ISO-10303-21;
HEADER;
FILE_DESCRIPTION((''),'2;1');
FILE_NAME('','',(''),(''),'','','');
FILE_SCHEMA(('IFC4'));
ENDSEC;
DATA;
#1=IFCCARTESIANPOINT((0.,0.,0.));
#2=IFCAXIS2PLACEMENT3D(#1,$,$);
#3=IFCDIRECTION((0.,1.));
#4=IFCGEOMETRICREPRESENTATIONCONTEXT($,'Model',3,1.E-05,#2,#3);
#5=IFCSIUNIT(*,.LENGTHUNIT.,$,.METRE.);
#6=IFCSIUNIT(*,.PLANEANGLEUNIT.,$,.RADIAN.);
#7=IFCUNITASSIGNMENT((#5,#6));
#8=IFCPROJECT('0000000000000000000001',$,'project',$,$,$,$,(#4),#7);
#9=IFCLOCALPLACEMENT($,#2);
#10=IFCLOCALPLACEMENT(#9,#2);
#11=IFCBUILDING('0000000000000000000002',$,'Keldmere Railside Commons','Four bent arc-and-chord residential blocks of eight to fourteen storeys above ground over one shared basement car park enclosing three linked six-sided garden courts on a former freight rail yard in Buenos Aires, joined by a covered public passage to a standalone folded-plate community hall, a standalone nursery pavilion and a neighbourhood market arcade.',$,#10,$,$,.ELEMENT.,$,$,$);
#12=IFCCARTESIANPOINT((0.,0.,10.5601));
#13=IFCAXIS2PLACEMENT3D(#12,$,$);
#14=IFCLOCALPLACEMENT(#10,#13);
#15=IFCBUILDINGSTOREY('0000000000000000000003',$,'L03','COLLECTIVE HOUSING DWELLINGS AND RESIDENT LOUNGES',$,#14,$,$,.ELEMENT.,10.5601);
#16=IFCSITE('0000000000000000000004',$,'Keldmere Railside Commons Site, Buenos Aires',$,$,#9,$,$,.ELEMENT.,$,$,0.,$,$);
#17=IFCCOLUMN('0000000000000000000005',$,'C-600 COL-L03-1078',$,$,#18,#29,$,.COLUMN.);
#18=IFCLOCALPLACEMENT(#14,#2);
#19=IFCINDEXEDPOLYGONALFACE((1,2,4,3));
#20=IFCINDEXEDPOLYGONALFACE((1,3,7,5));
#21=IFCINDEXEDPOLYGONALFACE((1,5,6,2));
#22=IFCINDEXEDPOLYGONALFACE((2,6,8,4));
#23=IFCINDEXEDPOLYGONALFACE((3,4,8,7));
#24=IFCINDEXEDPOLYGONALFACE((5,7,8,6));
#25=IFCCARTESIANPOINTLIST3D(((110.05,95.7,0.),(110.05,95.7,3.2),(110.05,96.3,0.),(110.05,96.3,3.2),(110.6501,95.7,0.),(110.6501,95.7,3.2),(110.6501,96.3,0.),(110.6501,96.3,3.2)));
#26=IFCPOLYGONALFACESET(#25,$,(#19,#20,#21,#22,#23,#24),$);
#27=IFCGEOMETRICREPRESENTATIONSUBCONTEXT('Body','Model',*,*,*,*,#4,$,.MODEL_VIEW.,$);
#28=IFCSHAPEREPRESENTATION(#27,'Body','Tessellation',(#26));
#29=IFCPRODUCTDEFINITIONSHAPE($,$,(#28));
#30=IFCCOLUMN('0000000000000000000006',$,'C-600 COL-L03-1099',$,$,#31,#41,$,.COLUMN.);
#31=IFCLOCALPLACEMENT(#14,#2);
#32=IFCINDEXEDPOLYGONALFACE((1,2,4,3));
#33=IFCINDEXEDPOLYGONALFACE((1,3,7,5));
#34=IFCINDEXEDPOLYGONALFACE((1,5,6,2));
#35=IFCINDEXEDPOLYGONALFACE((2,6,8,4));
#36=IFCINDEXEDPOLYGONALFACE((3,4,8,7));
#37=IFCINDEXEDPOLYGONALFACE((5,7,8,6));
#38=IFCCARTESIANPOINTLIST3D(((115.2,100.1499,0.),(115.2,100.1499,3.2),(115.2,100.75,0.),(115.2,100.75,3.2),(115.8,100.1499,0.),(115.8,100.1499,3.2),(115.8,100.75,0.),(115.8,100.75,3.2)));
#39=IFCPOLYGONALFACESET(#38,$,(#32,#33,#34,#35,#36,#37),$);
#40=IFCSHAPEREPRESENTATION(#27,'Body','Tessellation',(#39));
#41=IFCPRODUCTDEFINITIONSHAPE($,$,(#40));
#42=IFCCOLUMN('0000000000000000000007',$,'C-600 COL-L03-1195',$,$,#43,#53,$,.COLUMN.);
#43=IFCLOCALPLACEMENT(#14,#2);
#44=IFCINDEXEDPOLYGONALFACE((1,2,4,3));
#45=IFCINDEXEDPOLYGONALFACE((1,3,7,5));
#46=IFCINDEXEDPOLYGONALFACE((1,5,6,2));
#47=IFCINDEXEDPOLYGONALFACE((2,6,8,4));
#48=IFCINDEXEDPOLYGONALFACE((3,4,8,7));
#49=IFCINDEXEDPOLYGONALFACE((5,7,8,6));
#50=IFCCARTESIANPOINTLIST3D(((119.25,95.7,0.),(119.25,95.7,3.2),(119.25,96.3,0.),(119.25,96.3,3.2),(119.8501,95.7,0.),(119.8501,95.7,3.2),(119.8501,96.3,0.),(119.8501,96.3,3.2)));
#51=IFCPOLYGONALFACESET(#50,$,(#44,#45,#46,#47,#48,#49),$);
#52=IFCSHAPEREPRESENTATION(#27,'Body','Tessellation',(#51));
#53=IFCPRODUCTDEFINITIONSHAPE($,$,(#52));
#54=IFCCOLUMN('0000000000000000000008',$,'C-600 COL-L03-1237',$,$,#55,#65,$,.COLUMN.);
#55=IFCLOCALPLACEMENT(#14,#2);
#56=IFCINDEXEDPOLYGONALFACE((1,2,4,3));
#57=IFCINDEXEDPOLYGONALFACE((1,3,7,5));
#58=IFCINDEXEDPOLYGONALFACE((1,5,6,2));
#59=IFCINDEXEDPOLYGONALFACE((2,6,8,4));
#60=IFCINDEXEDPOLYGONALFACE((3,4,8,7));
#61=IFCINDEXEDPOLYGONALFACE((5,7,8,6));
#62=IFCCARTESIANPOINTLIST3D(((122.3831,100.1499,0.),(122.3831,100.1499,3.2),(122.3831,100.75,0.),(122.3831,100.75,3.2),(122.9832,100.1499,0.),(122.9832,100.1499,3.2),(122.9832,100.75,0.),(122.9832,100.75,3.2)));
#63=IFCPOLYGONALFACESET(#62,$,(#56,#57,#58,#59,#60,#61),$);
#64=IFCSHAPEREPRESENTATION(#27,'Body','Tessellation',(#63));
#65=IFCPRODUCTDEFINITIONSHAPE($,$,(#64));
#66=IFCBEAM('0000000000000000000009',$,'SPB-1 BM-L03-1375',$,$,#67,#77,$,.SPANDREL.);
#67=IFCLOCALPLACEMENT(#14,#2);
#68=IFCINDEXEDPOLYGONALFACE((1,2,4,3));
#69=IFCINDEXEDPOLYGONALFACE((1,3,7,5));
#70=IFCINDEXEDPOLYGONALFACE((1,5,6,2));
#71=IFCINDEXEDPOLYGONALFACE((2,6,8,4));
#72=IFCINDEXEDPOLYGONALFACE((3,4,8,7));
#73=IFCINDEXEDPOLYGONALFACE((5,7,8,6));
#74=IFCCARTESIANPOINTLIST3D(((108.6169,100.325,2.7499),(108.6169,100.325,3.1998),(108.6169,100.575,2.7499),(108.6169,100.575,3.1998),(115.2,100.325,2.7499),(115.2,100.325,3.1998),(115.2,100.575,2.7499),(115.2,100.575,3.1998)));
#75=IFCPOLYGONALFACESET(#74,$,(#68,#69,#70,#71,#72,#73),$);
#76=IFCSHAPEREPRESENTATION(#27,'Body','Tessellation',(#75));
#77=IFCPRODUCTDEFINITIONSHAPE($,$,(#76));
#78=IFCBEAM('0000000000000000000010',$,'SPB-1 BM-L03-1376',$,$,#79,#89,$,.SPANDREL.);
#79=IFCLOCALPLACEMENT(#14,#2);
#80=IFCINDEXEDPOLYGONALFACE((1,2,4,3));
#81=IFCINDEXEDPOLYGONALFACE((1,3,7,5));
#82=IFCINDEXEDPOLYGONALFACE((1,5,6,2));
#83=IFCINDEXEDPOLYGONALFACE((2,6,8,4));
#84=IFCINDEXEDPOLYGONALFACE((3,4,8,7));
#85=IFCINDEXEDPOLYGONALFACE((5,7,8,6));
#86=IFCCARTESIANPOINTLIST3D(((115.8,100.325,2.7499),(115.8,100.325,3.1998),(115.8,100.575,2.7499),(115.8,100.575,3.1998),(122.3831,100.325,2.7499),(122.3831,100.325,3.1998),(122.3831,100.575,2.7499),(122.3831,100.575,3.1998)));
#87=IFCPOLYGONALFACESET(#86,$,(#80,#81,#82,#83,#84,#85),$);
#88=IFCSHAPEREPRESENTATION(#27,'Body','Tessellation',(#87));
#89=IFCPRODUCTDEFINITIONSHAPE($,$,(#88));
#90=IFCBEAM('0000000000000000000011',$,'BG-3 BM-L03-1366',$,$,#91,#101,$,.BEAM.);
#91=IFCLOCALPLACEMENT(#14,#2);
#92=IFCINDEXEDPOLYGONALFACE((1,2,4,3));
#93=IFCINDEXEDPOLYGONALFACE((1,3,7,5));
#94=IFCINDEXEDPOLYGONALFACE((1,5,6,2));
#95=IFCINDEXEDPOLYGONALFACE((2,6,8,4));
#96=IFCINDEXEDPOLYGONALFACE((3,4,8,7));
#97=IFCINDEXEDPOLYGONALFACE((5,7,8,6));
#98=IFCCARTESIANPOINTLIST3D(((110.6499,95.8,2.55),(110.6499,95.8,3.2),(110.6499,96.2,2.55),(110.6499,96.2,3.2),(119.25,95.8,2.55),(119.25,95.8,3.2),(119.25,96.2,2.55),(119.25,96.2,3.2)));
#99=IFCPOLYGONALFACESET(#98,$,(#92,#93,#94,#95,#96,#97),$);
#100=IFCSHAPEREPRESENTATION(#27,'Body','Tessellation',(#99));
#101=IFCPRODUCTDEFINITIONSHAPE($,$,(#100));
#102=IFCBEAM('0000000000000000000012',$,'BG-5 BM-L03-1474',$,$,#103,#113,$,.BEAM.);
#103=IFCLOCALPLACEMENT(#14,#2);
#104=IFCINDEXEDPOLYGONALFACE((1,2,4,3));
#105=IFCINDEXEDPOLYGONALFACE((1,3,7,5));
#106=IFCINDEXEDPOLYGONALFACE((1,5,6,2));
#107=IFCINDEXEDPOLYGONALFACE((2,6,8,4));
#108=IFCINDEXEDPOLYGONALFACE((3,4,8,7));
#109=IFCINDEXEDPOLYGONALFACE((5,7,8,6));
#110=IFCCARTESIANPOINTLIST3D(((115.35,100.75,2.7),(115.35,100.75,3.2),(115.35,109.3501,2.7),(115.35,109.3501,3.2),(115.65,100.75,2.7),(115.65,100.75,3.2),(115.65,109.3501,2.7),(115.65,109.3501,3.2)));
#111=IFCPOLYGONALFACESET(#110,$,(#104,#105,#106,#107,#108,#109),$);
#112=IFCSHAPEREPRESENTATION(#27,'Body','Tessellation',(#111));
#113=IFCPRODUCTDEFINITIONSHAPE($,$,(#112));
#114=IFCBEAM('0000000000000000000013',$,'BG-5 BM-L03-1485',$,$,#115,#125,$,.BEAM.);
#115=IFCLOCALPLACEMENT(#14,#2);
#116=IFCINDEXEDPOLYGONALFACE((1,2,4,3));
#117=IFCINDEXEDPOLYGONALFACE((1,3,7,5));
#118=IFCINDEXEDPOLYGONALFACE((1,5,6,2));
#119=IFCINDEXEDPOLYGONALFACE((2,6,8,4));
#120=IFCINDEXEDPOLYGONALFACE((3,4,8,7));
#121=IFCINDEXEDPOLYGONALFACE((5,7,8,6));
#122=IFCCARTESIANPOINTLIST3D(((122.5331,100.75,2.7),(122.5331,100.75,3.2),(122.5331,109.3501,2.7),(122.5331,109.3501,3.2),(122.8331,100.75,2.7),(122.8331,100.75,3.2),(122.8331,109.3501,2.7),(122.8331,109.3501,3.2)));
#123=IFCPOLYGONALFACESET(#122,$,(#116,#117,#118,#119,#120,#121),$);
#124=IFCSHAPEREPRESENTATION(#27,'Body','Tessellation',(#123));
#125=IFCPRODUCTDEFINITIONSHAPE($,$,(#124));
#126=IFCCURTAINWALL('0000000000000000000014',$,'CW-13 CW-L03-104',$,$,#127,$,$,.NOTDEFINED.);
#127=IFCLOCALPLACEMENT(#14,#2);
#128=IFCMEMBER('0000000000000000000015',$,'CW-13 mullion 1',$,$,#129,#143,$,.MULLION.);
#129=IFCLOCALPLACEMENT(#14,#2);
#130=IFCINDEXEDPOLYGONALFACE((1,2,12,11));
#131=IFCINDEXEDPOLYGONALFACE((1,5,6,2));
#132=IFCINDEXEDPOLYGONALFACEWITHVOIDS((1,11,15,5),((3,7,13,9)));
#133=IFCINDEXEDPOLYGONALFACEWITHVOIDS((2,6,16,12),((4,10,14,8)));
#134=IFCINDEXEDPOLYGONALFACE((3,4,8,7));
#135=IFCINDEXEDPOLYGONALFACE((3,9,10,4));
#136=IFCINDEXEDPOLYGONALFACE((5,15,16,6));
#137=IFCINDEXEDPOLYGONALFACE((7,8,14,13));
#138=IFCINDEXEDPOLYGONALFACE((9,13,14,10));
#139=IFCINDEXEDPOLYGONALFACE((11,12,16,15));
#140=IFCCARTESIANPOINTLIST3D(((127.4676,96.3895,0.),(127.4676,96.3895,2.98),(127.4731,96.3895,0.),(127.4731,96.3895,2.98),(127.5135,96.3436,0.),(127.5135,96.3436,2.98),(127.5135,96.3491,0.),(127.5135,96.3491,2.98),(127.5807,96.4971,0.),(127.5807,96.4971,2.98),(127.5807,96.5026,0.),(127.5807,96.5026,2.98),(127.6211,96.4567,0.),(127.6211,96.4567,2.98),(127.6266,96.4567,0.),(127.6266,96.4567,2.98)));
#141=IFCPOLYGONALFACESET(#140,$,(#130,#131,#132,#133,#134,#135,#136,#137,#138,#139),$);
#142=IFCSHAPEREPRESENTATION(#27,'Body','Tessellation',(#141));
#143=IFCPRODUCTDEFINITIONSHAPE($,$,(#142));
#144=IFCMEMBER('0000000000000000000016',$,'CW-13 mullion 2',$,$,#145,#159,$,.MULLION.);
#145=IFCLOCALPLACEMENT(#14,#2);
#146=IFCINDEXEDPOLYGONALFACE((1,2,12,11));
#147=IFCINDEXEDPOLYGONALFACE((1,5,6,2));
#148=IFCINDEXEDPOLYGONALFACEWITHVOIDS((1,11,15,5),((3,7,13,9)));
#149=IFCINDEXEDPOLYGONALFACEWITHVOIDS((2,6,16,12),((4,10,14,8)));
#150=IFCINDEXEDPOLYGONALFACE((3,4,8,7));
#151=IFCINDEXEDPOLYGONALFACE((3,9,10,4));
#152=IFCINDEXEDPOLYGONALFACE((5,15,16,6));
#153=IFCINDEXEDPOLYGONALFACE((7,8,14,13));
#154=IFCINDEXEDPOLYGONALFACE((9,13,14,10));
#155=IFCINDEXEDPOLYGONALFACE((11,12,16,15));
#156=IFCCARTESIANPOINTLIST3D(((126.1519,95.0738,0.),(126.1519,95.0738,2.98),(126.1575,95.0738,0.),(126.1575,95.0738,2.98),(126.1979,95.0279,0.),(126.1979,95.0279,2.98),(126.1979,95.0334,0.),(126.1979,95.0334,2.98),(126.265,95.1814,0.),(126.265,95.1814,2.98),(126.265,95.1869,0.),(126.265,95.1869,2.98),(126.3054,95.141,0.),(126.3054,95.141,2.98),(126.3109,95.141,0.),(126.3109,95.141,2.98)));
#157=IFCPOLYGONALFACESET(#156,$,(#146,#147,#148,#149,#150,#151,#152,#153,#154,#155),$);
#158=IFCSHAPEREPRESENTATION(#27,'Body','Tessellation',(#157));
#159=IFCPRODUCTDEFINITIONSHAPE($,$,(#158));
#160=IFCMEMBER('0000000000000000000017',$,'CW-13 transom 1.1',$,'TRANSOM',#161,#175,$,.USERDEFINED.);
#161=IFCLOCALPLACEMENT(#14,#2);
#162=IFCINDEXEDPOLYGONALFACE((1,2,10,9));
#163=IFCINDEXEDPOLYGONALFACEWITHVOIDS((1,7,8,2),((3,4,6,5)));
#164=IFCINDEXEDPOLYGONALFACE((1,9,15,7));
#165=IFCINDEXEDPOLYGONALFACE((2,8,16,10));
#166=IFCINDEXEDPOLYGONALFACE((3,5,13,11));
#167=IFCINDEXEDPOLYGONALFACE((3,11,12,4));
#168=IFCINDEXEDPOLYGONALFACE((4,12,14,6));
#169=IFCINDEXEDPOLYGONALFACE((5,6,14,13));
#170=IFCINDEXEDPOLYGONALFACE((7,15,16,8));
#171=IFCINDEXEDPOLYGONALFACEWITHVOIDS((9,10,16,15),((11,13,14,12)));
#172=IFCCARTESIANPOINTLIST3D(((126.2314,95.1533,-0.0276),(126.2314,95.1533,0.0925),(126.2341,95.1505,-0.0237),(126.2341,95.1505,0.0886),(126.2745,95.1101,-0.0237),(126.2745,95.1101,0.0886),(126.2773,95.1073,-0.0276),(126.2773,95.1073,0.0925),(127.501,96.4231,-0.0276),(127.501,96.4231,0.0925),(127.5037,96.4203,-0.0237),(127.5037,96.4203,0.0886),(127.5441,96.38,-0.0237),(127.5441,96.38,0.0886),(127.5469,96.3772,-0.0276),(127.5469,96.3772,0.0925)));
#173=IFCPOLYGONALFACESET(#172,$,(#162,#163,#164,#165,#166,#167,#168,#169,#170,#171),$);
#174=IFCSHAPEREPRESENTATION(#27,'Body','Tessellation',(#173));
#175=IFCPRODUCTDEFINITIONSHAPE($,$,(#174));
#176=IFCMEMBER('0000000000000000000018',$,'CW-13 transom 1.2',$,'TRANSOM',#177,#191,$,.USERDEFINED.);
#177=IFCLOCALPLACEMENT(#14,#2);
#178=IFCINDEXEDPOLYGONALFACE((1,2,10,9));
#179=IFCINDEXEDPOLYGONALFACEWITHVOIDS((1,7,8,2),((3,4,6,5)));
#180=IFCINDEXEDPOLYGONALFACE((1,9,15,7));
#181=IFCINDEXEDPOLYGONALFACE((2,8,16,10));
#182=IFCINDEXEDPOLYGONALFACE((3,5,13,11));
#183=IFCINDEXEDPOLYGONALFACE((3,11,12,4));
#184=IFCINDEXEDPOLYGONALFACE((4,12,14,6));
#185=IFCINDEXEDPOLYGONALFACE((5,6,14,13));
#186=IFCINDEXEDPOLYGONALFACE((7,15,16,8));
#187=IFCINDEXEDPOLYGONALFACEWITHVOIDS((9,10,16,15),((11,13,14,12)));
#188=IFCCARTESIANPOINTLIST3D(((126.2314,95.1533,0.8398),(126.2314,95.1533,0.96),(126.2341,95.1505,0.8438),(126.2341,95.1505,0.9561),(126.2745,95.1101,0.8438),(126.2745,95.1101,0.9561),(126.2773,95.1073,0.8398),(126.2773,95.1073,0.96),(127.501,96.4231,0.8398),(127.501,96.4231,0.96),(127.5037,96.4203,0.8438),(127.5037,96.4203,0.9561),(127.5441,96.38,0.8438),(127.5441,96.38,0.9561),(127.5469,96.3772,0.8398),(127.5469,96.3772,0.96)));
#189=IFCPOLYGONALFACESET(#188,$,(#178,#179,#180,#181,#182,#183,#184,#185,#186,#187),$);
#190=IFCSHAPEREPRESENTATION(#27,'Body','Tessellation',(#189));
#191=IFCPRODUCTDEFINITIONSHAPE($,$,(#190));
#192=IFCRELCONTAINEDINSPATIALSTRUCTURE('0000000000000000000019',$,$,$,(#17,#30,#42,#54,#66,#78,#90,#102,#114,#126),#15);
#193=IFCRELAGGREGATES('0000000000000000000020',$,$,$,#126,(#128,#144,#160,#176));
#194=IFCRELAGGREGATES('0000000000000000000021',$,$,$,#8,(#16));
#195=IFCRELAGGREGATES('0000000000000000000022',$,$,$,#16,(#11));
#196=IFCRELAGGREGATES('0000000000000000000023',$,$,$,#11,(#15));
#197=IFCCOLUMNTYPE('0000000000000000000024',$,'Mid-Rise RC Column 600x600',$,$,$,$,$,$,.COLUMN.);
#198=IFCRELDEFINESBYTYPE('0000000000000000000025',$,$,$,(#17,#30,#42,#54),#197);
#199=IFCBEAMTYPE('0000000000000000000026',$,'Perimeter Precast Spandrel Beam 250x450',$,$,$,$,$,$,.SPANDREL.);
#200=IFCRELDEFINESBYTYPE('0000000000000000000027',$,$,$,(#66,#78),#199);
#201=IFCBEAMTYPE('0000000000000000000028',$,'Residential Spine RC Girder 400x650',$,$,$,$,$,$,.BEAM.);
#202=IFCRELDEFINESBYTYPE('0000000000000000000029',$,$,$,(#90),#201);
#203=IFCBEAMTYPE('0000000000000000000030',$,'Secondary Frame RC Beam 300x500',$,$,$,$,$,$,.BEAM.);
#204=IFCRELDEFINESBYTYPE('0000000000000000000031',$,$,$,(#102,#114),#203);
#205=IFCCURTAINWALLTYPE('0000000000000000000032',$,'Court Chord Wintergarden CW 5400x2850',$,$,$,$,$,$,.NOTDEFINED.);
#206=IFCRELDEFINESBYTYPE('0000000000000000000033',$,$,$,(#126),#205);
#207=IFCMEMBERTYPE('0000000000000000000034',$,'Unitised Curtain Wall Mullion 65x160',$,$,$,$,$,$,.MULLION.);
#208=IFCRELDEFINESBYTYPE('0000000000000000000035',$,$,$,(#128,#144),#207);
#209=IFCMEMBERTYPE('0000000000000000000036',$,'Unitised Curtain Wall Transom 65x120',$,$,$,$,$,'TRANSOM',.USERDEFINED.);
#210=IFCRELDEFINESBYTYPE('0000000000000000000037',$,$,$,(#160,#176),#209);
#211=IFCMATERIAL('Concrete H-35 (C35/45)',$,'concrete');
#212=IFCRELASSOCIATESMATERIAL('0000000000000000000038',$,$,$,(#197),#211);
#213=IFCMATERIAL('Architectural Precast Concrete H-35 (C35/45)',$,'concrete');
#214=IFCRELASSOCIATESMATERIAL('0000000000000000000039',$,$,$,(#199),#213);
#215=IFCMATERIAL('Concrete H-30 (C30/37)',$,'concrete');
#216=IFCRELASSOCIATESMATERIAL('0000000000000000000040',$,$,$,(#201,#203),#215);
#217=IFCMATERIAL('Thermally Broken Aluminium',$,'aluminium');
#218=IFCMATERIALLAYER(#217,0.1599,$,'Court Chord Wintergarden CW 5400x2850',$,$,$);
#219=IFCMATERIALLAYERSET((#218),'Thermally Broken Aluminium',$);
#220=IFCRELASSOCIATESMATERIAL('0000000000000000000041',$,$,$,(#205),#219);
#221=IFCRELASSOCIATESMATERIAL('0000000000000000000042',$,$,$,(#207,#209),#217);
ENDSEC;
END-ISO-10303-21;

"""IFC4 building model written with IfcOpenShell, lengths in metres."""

from ifc_helpers import new_model, si_unit, direction, frame, origin, origin_2d, place, context, subcontext, project, spatial, rectangle, hollow_rectangle, extrude, material, layer, layer_set, material_profile, profile_set, type_object, element, aggregate, save


model = new_model("IFC4")

# Units and contexts
model_context = context("Model", 3, precision=1e-05, world=origin(), true_north=direction((0.0, 1.0)))
body_context = subcontext(model_context, "Body", "Model", "MODEL_VIEW")
ifc_project = project(units=[si_unit("LENGTHUNIT", "METRE"), si_unit("PLANEANGLEUNIT", "RADIAN")], contexts=[model_context])

# Site, building, storey
site_placement = place(None, origin())
site = spatial("IfcSite", under=ifc_project, at=site_placement, Name="Keldmere Railside Commons Site, Buenos Aires", CompositionType="ELEMENT", RefElevation=0.0)
building_placement = place(site_placement, origin())
building = spatial("IfcBuilding", under=site, at=building_placement, Name="Keldmere Railside Commons", Description="Four bent arc-and-chord residential blocks of eight to fourteen storeys above ground over one shared basement car park enclosing three linked six-sided garden courts on a former freight rail yard in Buenos Aires, joined by a covered public passage to a standalone folded-plate community hall, a standalone nursery pavilion and a neighbourhood market arcade.", CompositionType="ELEMENT")
storey_placement = place(building_placement, frame((0.0, 0.0, 10.5601)))
storey = spatial("IfcBuildingStorey", under=building, at=storey_placement, Name="L03", Description="COLLECTIVE HOUSING DWELLINGS AND RESIDENT LOUNGES", CompositionType="ELEMENT", Elevation=10.5601)

# Columns
ifc_material_1 = material(Name="Concrete H-35 (C35/45)", Category="concrete")
ifc_material_profile_1 = material_profile(ifc_material_1, rectangle(XDim=0.6001, YDim=0.6001, at=origin_2d()), Name="RC-600x600")
ifc_profile_set_1 = profile_set([ifc_material_profile_1], Name="Concrete H-35 (C35/45)")
column_type = type_object("IfcColumnType", Name="Mid-Rise RC Column 600x600", PredefinedType="COLUMN", material=ifc_profile_set_1)
for number, where, z_axis, x_axis, name in (
    (1, (110.3501, 96.0, 0.0), (0.0, 0.0, 1.0), (1.0, 0.0, 0.0), "C-600 COL-L03-1078"),
    (2, (115.5, 100.45, 0.0), (0.0, 0.0, 1.0), (1.0, 0.0, 0.0), "C-600 COL-L03-1099"),
    (3, (119.55, 96.0, 0.0), (0.0, 0.0, 1.0), (1.0, 0.0, 0.0), "C-600 COL-L03-1195"),
    (4, (122.6831, 100.45, 0.0), (0.0, 0.0, 1.0), (1.0, 0.0, 0.0), "C-600 COL-L03-1237"),
):
    element("IfcColumn", number, at=place(storey_placement, frame(where, z_axis=z_axis, x_axis=x_axis)), inside=storey, type_object=column_type, Name=name, PredefinedType="COLUMN", context=body_context, shape_type="SweptSolid", body=[
        extrude(rectangle(XDim=0.6001, YDim=0.6001, at=origin_2d()), origin(), (0.0, 0.0, 1.0), 3.2),
    ])

# Beams
ifc_material_2 = material(Name="Architectural Precast Concrete H-35 (C35/45)", Category="concrete")
ifc_material_profile_2 = material_profile(ifc_material_2, rectangle(XDim=0.25, YDim=0.45, at=origin_2d()), Name="RC-250x450")
ifc_profile_set_2 = profile_set([ifc_material_profile_2], Name="Architectural Precast Concrete H-35 (C35/45)")
beam_type_1 = type_object("IfcBeamType", Name="Perimeter Precast Spandrel Beam 250x450", PredefinedType="SPANDREL", material=ifc_profile_set_2)
for number, where, z_axis, x_axis, name in (
    (5, (108.6169, 100.45, 2.9749), (1.0, 0.0, 0.0), (0.0, 1.0, 0.0), "SPB-1 BM-L03-1375"),
    (6, (115.8, 100.45, 2.9749), (1.0, 0.0, 0.0), (0.0, 1.0, 0.0), "SPB-1 BM-L03-1376"),
):
    element("IfcBeam", number, at=place(storey_placement, frame(where, z_axis=z_axis, x_axis=x_axis)), inside=storey, type_object=beam_type_1, Name=name, PredefinedType="SPANDREL", context=body_context, shape_type="SweptSolid", body=[
        extrude(rectangle(XDim=0.25, YDim=0.45, at=origin_2d()), origin(), (0.0, 0.0, 1.0), 6.583),
    ])
ifc_material_3 = material(Name="Concrete H-30 (C30/37)", Category="concrete")
ifc_material_profile_3 = material_profile(ifc_material_3, rectangle(XDim=0.3999, YDim=0.6499, at=origin_2d()), Name="RC-400x650")
ifc_profile_set_3 = profile_set([ifc_material_profile_3], Name="Concrete H-30 (C30/37)")
beam_type_2 = type_object("IfcBeamType", Name="Residential Spine RC Girder 400x650", PredefinedType="BEAM", material=ifc_profile_set_3)
beam_placement = place(storey_placement, frame((110.6499, 96.0, 2.875), z_axis=(1.0, 0.0, 0.0), x_axis=(0.0, 1.0, 0.0)))
element("IfcBeam", 7, at=beam_placement, inside=storey, type_object=beam_type_2, Name="BG-3 BM-L03-1366", PredefinedType="BEAM", context=body_context, shape_type="SweptSolid", body=[
    extrude(rectangle(XDim=0.3999, YDim=0.6499, at=origin_2d()), origin(), (0.0, 0.0, 1.0), 8.6001),
])
ifc_material_profile_4 = material_profile(ifc_material_3, rectangle(XDim=0.3, YDim=0.5, at=origin_2d()), Name="RC-300x500")
ifc_profile_set_4 = profile_set([ifc_material_profile_4], Name="Concrete H-30 (C30/37)")
beam_type_3 = type_object("IfcBeamType", Name="Secondary Frame RC Beam 300x500", PredefinedType="BEAM", material=ifc_profile_set_4)
for number, where, z_axis, x_axis, name in (
    (8, (115.5, 100.75, 2.95), (0.0, 1.0, 0.0), (-1.0, 0.0, 0.0), "BG-5 BM-L03-1474"),
    (9, (122.6831, 100.75, 2.95), (0.0, 1.0, 0.0), (-1.0, 0.0, 0.0), "BG-5 BM-L03-1485"),
):
    element("IfcBeam", number, at=place(storey_placement, frame(where, z_axis=z_axis, x_axis=x_axis)), inside=storey, type_object=beam_type_3, Name=name, PredefinedType="BEAM", context=body_context, shape_type="SweptSolid", body=[
        extrude(rectangle(XDim=0.3, YDim=0.5, at=origin_2d()), origin(), (0.0, 0.0, 1.0), 8.6001),
    ])

# Curtain wall, members
ifc_material_4 = material(Name="Thermally Broken Aluminium", Category="aluminium")
ifc_layer_1 = layer(ifc_material_4, 0.1599, Name="Court Chord Wintergarden CW 5400x2850")
ifc_layer_set_1 = layer_set([ifc_layer_1], Name="Thermally Broken Aluminium")
curtain_wall_type = type_object("IfcCurtainWallType", Name="Court Chord Wintergarden CW 5400x2850", PredefinedType="NOTDEFINED", material=ifc_layer_set_1)
curtain_wall_placement = place(storey_placement, origin())
curtain_wall = element("IfcCurtainWall", 10, at=curtain_wall_placement, inside=storey, type_object=curtain_wall_type, Name="CW-13 CW-L03-104", PredefinedType="NOTDEFINED")
ifc_material_profile_5 = material_profile(ifc_material_4, hollow_rectangle(XDim=0.0649, YDim=0.1599, WallThickness=0.0039, at=origin_2d()), Name="ALU-MULL-65x160")
ifc_profile_set_5 = profile_set([ifc_material_profile_5], Name="Thermally Broken Aluminium")
member_type_1 = type_object("IfcMemberType", Name="Unitised Curtain Wall Mullion 65x160", PredefinedType="MULLION", material=ifc_profile_set_5)
member_1_placement = place(storey_placement, frame((127.5471, 96.4231, 0.0), z_axis=(0.0, 0.0, 1.0), x_axis=(0.707107, -0.707107, 0.0)))
member_1 = element("IfcMember", 11, at=member_1_placement, type_object=member_type_1, Name="CW-13 mullion 1", PredefinedType="MULLION", context=body_context, shape_type="SweptSolid", body=[
    extrude(hollow_rectangle(XDim=0.0649, YDim=0.1599, WallThickness=0.0039, at=origin_2d()), origin(), (0.0, 0.0, 1.0), 2.98),
])
member_2_placement = place(storey_placement, frame((126.2314, 95.1074, 0.0), z_axis=(0.0, 0.0, 1.0), x_axis=(0.707107, -0.707107, 0.0)))
member_2 = element("IfcMember", 12, at=member_2_placement, type_object=member_type_1, Name="CW-13 mullion 2", PredefinedType="MULLION", context=body_context, shape_type="SweptSolid", body=[
    extrude(hollow_rectangle(XDim=0.0649, YDim=0.1599, WallThickness=0.0039, at=origin_2d()), origin(), (0.0, 0.0, 1.0), 2.98),
])
ifc_material_profile_6 = material_profile(ifc_material_4, hollow_rectangle(XDim=0.0649, YDim=0.1201, WallThickness=0.0039, at=origin_2d()), Name="ALU-TRAN-65x120")
ifc_profile_set_6 = profile_set([ifc_material_profile_6], Name="Thermally Broken Aluminium")
member_type_2 = type_object("IfcMemberType", Name="Unitised Curtain Wall Transom 65x120", ElementType="TRANSOM", PredefinedType="USERDEFINED", material=ifc_profile_set_6)
member_3_placement = place(storey_placement, frame((127.5239, 96.4001, 0.0325), z_axis=(-0.707039, -0.707175, 0.0), x_axis=(0.707175, -0.707039, 0.0)))
member_3 = element("IfcMember", 13, at=member_3_placement, type_object=member_type_2, Name="CW-13 transom 1.1", ObjectType="TRANSOM", PredefinedType="USERDEFINED", context=body_context, shape_type="SweptSolid", body=[
    extrude(hollow_rectangle(XDim=0.0649, YDim=0.1201, WallThickness=0.0039, at=origin_2d()), origin(), (0.0, 0.0, 1.0), 1.7957),
])
member_4_placement = place(storey_placement, frame((127.5239, 96.4001, 0.8999), z_axis=(-0.707039, -0.707175, 0.0), x_axis=(0.707175, -0.707039, 0.0)))
member_4 = element("IfcMember", 14, at=member_4_placement, type_object=member_type_2, Name="CW-13 transom 1.2", ObjectType="TRANSOM", PredefinedType="USERDEFINED", context=body_context, shape_type="SweptSolid", body=[
    extrude(hollow_rectangle(XDim=0.0649, YDim=0.1201, WallThickness=0.0039, at=origin_2d()), origin(), (0.0, 0.0, 1.0), 1.7957),
])
aggregate(curtain_wall, [member_1, member_2, member_3, member_4])

save(model, "model.ifc")
